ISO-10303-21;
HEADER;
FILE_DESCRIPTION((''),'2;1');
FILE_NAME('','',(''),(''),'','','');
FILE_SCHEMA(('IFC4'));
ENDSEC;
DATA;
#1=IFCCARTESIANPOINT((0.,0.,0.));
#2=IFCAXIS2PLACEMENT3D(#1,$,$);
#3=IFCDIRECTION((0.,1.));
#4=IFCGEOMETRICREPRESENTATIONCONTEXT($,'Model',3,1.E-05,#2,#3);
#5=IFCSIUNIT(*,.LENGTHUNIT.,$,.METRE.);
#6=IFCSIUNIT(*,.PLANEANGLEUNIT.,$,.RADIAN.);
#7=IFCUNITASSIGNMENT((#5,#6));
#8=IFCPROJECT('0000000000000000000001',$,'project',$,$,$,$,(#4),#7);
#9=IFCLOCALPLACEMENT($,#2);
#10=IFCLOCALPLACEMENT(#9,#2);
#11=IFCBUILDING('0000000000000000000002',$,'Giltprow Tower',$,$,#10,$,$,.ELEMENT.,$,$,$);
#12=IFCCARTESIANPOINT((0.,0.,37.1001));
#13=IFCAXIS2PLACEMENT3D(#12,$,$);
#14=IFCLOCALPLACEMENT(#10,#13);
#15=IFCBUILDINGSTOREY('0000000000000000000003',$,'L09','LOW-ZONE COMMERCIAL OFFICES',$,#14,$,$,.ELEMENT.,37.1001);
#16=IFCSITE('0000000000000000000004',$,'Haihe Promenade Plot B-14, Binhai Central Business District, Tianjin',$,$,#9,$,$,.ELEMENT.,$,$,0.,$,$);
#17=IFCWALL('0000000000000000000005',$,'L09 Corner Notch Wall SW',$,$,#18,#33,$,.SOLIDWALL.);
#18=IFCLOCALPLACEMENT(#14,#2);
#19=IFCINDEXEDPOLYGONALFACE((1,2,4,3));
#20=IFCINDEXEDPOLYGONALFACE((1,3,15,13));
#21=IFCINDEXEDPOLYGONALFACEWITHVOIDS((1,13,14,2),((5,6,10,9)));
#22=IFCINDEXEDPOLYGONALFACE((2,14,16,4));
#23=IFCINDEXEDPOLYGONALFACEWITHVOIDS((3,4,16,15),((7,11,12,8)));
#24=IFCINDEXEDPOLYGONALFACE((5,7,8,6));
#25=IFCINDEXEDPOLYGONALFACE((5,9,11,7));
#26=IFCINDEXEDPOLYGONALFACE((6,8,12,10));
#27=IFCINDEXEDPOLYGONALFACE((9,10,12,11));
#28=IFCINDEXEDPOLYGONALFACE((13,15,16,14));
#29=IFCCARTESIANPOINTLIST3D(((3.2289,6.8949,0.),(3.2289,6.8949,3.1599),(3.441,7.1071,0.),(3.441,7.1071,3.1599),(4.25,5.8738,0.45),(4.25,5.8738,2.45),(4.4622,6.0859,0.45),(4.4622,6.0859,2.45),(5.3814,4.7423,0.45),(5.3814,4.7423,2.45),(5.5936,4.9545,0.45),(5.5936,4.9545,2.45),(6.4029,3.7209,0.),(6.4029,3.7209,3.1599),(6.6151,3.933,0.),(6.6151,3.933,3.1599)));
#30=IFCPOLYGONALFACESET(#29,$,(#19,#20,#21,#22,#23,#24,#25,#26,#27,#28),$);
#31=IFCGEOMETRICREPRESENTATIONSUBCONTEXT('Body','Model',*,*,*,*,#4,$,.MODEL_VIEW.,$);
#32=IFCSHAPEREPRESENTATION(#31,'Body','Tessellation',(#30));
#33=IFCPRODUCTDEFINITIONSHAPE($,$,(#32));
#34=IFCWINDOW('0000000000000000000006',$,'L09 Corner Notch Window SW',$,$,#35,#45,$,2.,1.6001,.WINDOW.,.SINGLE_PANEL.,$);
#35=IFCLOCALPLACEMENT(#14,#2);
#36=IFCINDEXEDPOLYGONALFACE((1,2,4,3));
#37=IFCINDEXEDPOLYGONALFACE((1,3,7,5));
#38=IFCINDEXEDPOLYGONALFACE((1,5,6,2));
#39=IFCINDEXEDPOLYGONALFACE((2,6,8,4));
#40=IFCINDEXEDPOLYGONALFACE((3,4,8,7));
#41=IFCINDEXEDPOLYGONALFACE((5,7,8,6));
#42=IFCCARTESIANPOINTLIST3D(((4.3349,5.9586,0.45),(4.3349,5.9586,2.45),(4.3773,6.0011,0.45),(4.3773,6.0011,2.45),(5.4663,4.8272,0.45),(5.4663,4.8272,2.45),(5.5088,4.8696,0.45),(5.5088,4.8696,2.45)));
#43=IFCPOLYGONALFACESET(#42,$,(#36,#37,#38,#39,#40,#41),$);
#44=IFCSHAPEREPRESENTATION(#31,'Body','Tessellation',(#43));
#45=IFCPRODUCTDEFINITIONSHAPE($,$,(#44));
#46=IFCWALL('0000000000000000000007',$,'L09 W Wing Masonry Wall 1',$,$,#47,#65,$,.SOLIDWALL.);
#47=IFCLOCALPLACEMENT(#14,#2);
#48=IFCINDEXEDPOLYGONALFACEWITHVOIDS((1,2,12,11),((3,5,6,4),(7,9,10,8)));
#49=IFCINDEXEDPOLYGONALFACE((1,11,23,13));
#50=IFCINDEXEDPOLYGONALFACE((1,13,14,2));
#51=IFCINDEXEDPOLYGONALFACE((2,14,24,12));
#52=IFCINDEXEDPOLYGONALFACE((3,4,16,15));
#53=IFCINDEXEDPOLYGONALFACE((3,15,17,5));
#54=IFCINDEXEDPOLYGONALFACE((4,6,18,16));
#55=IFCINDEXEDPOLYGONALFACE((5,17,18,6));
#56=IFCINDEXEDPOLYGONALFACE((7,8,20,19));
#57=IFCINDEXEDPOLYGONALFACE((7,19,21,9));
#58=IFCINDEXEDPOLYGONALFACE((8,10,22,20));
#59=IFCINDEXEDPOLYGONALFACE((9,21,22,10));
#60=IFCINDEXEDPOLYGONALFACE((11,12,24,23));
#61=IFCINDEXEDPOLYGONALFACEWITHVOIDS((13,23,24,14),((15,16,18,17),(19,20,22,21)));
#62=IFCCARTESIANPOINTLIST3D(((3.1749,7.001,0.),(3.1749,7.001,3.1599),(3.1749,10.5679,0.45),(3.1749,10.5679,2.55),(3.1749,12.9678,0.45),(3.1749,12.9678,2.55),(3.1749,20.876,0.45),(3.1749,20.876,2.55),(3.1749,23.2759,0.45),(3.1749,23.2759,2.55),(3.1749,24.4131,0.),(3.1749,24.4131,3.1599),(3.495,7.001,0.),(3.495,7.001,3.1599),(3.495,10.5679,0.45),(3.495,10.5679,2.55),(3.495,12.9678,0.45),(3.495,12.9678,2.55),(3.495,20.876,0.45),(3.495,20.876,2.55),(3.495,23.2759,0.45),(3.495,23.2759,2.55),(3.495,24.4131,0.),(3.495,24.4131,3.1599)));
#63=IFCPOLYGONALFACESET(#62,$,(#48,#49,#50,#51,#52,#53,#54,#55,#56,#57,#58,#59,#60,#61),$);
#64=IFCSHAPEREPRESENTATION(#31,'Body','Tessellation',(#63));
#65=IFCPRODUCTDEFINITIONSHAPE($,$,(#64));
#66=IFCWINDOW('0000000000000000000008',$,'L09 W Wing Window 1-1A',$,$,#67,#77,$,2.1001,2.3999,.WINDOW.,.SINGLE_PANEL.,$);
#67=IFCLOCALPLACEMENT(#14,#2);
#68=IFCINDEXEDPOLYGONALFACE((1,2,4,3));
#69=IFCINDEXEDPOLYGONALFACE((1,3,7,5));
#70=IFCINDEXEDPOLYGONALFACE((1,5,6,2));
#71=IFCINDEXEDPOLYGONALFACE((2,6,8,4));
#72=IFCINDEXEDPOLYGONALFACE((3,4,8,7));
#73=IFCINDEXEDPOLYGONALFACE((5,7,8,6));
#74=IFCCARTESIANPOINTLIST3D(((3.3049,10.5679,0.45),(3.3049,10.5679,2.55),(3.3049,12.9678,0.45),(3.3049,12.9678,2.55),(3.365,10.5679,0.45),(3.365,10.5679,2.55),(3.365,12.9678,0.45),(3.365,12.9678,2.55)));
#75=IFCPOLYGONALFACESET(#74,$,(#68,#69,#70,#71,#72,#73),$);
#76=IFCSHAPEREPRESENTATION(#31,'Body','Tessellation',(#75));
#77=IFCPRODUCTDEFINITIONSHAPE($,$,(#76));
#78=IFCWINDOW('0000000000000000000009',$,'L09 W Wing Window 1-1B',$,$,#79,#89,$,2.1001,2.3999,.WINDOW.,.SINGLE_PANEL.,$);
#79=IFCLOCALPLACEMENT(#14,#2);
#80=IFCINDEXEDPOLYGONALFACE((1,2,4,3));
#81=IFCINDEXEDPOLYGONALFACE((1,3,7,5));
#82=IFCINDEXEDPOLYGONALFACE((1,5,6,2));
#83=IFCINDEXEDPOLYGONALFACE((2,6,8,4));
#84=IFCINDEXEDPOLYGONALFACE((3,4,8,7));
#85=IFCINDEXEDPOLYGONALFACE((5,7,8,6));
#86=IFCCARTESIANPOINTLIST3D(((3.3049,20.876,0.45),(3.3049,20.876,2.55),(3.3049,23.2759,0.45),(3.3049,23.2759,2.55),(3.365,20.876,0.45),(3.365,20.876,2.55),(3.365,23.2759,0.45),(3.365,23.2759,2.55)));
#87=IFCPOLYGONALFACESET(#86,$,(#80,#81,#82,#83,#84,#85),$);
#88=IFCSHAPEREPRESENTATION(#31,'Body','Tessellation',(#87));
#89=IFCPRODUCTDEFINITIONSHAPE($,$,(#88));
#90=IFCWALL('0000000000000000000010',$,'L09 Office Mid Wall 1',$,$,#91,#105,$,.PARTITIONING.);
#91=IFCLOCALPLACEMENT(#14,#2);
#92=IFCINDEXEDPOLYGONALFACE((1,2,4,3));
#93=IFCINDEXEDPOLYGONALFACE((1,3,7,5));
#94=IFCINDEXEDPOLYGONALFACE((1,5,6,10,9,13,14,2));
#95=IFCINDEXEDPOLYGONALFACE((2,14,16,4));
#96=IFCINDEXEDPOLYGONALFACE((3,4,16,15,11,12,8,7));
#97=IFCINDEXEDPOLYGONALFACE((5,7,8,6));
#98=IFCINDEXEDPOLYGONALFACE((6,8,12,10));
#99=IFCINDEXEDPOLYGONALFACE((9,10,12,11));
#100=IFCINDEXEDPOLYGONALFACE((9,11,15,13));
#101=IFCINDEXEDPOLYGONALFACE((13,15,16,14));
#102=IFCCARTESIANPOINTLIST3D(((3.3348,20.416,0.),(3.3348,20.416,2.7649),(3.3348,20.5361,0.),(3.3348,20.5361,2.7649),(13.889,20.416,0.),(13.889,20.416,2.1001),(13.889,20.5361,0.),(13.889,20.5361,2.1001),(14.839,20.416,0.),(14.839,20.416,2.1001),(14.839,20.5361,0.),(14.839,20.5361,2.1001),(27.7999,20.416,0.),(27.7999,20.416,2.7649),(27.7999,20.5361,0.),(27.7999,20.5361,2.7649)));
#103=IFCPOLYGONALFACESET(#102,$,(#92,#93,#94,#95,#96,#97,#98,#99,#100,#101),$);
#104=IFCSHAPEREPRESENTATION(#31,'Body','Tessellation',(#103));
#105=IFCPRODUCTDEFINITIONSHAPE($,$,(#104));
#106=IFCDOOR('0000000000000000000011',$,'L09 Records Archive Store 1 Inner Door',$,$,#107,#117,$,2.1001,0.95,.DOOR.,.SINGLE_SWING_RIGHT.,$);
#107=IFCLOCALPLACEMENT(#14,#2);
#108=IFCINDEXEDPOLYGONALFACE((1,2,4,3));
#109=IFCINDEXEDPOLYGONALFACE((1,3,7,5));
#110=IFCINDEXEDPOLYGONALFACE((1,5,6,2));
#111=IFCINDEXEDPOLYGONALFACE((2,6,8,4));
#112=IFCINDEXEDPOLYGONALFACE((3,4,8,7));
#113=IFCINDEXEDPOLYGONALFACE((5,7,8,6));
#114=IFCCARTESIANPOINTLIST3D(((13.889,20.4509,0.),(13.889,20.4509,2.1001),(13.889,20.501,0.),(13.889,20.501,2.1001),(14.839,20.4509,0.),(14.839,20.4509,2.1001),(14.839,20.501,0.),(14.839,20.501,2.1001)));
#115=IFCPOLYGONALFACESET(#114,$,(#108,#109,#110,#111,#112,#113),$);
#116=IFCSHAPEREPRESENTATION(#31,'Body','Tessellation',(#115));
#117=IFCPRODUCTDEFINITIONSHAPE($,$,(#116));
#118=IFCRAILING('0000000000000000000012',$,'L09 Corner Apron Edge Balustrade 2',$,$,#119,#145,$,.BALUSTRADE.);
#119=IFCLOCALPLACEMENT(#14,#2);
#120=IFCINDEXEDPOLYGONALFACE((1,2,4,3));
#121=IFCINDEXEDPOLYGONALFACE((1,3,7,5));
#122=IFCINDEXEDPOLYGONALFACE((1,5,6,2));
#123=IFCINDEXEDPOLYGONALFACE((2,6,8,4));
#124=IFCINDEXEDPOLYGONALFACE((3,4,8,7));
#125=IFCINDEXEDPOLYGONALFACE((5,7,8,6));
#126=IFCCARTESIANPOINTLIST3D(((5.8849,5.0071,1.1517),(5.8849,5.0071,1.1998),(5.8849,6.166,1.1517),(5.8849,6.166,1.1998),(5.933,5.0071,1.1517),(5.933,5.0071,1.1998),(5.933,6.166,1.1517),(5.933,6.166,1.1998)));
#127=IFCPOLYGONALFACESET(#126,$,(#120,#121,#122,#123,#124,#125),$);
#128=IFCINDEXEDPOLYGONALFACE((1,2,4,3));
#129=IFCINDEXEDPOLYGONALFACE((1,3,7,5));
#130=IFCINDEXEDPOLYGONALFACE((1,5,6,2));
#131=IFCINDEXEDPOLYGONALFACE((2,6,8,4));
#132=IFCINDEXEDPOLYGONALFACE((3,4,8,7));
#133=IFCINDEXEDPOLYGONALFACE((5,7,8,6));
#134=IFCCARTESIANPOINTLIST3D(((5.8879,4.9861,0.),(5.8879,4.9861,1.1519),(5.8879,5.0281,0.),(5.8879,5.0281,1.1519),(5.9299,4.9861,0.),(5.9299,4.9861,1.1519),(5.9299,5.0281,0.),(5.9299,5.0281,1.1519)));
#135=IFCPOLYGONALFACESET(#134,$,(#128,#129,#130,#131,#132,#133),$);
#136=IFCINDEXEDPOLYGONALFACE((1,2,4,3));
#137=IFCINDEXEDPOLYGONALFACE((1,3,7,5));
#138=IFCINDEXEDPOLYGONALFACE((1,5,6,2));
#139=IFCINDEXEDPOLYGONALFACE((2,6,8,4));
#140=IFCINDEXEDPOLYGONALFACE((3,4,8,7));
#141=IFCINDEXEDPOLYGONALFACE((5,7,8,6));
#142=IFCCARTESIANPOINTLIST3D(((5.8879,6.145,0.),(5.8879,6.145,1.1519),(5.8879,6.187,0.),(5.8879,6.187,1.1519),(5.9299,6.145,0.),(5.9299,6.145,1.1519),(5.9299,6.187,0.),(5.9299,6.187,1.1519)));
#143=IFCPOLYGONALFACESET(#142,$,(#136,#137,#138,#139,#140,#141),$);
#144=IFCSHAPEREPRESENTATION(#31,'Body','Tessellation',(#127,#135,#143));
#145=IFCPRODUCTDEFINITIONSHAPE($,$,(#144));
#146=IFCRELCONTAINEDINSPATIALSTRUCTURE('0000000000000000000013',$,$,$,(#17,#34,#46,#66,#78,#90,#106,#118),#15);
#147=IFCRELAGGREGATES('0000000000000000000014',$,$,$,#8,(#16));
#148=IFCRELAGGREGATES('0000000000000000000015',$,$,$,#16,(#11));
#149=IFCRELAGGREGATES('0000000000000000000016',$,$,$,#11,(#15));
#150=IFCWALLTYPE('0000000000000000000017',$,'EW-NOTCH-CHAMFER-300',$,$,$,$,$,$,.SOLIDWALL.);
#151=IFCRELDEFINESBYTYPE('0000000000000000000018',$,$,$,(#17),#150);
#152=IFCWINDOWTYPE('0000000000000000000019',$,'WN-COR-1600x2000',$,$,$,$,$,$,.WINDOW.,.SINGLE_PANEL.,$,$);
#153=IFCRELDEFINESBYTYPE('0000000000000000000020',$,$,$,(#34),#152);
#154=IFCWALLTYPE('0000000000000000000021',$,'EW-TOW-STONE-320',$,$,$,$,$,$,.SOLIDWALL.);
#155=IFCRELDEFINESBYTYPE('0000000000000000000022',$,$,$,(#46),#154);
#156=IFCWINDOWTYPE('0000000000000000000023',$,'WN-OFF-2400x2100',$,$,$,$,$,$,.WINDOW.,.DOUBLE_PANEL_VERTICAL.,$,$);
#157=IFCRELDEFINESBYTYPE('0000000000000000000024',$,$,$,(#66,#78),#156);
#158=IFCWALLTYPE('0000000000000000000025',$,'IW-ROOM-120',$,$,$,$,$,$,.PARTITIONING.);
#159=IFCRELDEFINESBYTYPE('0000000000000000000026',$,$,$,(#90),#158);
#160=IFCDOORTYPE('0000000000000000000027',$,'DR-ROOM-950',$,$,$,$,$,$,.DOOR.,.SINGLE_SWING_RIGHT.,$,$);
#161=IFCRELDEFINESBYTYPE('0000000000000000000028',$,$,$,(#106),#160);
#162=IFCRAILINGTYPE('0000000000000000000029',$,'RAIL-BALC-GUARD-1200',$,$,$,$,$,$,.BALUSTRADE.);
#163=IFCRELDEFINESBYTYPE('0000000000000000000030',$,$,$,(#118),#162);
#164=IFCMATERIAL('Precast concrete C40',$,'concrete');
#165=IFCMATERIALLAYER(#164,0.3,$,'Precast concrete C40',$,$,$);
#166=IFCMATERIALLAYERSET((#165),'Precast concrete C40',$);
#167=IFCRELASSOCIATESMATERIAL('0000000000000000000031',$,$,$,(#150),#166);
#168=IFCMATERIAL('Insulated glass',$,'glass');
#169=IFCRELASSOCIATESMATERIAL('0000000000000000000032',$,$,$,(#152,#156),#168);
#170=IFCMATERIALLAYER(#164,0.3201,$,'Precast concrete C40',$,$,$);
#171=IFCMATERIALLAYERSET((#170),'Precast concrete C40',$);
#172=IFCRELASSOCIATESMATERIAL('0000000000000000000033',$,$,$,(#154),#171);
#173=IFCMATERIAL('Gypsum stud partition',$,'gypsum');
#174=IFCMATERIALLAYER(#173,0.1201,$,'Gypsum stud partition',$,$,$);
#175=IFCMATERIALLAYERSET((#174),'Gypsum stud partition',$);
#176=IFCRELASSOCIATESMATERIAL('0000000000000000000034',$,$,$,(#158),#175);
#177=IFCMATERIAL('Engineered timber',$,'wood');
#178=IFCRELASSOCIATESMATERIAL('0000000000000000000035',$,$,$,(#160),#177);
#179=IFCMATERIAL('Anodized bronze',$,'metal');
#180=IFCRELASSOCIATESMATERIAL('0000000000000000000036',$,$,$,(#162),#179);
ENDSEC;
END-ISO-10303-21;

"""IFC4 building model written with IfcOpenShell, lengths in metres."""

from ifc_helpers import new_model, si_unit, direction, frame, frame_2d, origin, origin_2d, place, context, subcontext, project, spatial, rectangle, extrude, source, transform, mapped, material, layer, layer_set, type_object, element, fill, save


model = new_model("IFC4")

# Units and contexts
model_context = context("Model", 3, precision=1e-05, world=origin(), true_north=direction((0.0, 1.0)))
body_context = subcontext(model_context, "Body", "Model", "MODEL_VIEW")
ifc_project = project(units=[si_unit("LENGTHUNIT", "METRE"), si_unit("PLANEANGLEUNIT", "RADIAN")], contexts=[model_context])

# Site, building, storey
site_placement = place(None, origin())
site = spatial("IfcSite", under=ifc_project, at=site_placement, Name="Haihe Promenade Plot B-14, Binhai Central Business District, Tianjin", CompositionType="ELEMENT", RefElevation=0.0)
building_placement = place(site_placement, origin())
building = spatial("IfcBuilding", under=site, at=building_placement, Name="Giltprow Tower", CompositionType="ELEMENT")
storey_placement = place(building_placement, frame((0.0, 0.0, 37.1001)))
storey = spatial("IfcBuildingStorey", under=building, at=storey_placement, Name="L09", Description="LOW-ZONE COMMERCIAL OFFICES", CompositionType="ELEMENT", Elevation=37.1001)

# Shared definitions
ifc_material_1 = material(Name="Anodized bronze", Category="metal")
ifc_material_2 = material(Name="Insulated glass", Category="glass")

# Wall, opening, window
ifc_material_3 = material(Name="Precast concrete C40", Category="concrete")
ifc_layer_1 = layer(ifc_material_3, 0.3, Name="Precast concrete C40")
ifc_layer_set_1 = layer_set([ifc_layer_1], Name="Precast concrete C40")
wall_type_1 = type_object("IfcWallType", Name="EW-NOTCH-CHAMFER-300", PredefinedType="SOLIDWALL", material=ifc_layer_set_1)
wall_1_placement = place(storey_placement, frame((3.335, 7.001, 0.0), z_axis=(0.0, 0.0, 1.0), x_axis=(0.707107, -0.707107, 0.0)))
wall_1 = element("IfcWall", 1, at=wall_1_placement, inside=storey, type_object=wall_type_1, Name="L09 Corner Notch Wall SW", PredefinedType="SOLIDWALL", context=body_context, shape_type="SweptSolid", body=[
    extrude(rectangle(XDim=4.4888, YDim=0.3, at=frame_2d((2.2444, 0.0))), origin(), (0.0, 0.0, 1.0), 3.1599),
])
opening_1_placement = place(wall_1_placement, frame((1.4441, 0.0, 0.45)))
opening_1 = element("IfcOpeningElement", 2, at=opening_1_placement, cuts=wall_1, PredefinedType="OPENING", context=body_context, shape_type="SweptSolid", body=[
    extrude(rectangle(XDim=1.6001, YDim=2.0, at=frame_2d((0.8, 1.0))), frame((0.0, 0.1599, 0.0), z_axis=(0.0, -1.0, 0.0), x_axis=(1.0, 0.0, 0.0)), (0.0, 0.0, 1.0), 0.3201),
])
window_type_1 = type_object("IfcWindowType", Name="WN-COR-1600x2000", PartitioningType="SINGLE_PANEL", PredefinedType="WINDOW", material=ifc_material_2)
shared_shape_1 = source(origin(), body_context, "Body", "SweptSolid", [
    extrude(rectangle(XDim=1.6001, YDim=2.0, at=frame_2d((0.8, 1.0))), frame((0.0, 0.03, 0.0), z_axis=(0.0, -1.0, 0.0), x_axis=(1.0, 0.0, 0.0)), (0.0, 0.0, 1.0), 0.0601),
])
window_1_placement = place(opening_1_placement, origin())
window_1 = element("IfcWindow", 3, at=window_1_placement, inside=storey, type_object=window_type_1, Name="L09 Corner Notch Window SW", OverallHeight=2.0, OverallWidth=1.6001, PartitioningType="SINGLE_PANEL", PredefinedType="WINDOW", context=body_context, shape_type="MappedRepresentation", body=[
    mapped(shared_shape_1, transform((0.0, 0.0, 0.0), x_axis=(1.0, 0.0, 0.0), y_axis=(0.0, 1.0, 0.0), z_axis=(0.0, 0.0, 1.0), scale=1.0)),
])
fill(opening_1, window_1)

# Wall, openings, windows
ifc_layer_2 = layer(ifc_material_3, 0.3201, Name="Precast concrete C40")
ifc_layer_set_2 = layer_set([ifc_layer_2], Name="Precast concrete C40")
wall_type_2 = type_object("IfcWallType", Name="EW-TOW-STONE-320", PredefinedType="SOLIDWALL", material=ifc_layer_set_2)
wall_2_placement = place(storey_placement, frame((3.335, 7.001, 0.0), z_axis=(0.0, 0.0, 1.0), x_axis=(0.0, 1.0, 0.0)))
wall_2 = element("IfcWall", 4, at=wall_2_placement, inside=storey, type_object=wall_type_2, Name="L09 W Wing Masonry Wall 1", PredefinedType="SOLIDWALL", context=body_context, shape_type="SweptSolid", body=[
    extrude(rectangle(XDim=17.4121, YDim=0.3201, at=frame_2d((8.7061, 0.0))), origin(), (0.0, 0.0, 1.0), 3.1599),
])
opening_2_placement = place(wall_2_placement, frame((3.5669, 0.0, 0.45)))
opening_2 = element("IfcOpeningElement", 5, at=opening_2_placement, cuts=wall_2, PredefinedType="OPENING", context=body_context, shape_type="SweptSolid", body=[
    extrude(rectangle(XDim=2.3999, YDim=2.1001, at=frame_2d((1.2, 1.05))), frame((0.0, 0.1699, 0.0), z_axis=(0.0, -1.0, 0.0), x_axis=(1.0, 0.0, 0.0)), (0.0, 0.0, 1.0), 0.3401),
])
opening_3_placement = place(wall_2_placement, frame((13.875, 0.0, 0.45)))
opening_3 = element("IfcOpeningElement", 6, at=opening_3_placement, cuts=wall_2, PredefinedType="OPENING", context=body_context, shape_type="SweptSolid", body=[
    extrude(rectangle(XDim=2.3999, YDim=2.1001, at=frame_2d((1.2, 1.05))), frame((0.0, 0.1699, 0.0), z_axis=(0.0, -1.0, 0.0), x_axis=(1.0, 0.0, 0.0)), (0.0, 0.0, 1.0), 0.3401),
])
window_type_2 = type_object("IfcWindowType", Name="WN-OFF-2400x2100", PartitioningType="DOUBLE_PANEL_VERTICAL", PredefinedType="WINDOW", material=ifc_material_2)
shared_shape_2 = source(origin(), body_context, "Body", "SweptSolid", [
    extrude(rectangle(XDim=2.3999, YDim=2.1001, at=frame_2d((1.2, 1.05))), frame((0.0, 0.03, 0.0), z_axis=(0.0, -1.0, 0.0), x_axis=(1.0, 0.0, 0.0)), (0.0, 0.0, 1.0), 0.0601),
])
window_2_placement = place(opening_2_placement, origin())
window_2 = element("IfcWindow", 7, at=window_2_placement, inside=storey, type_object=window_type_2, Name="L09 W Wing Window 1-1A", OverallHeight=2.1001, OverallWidth=2.3999, PartitioningType="SINGLE_PANEL", PredefinedType="WINDOW", context=body_context, shape_type="MappedRepresentation", body=[
    mapped(shared_shape_2, transform((0.0, 0.0, 0.0), x_axis=(1.0, 0.0, 0.0), y_axis=(0.0, 1.0, 0.0), z_axis=(0.0, 0.0, 1.0), scale=1.0)),
])
fill(opening_2, window_2)
window_3_placement = place(opening_3_placement, origin())
window_3 = element("IfcWindow", 8, at=window_3_placement, inside=storey, type_object=window_type_2, Name="L09 W Wing Window 1-1B", OverallHeight=2.1001, OverallWidth=2.3999, PartitioningType="SINGLE_PANEL", PredefinedType="WINDOW", context=body_context, shape_type="MappedRepresentation", body=[
    mapped(shared_shape_2, transform((0.0, 0.0, 0.0), x_axis=(1.0, 0.0, 0.0), y_axis=(0.0, 1.0, 0.0), z_axis=(0.0, 0.0, 1.0), scale=1.0)),
])
fill(opening_3, window_3)

# Wall, opening, door
ifc_material_4 = material(Name="Gypsum stud partition", Category="gypsum")
ifc_layer_3 = layer(ifc_material_4, 0.1201, Name="Gypsum stud partition")
ifc_layer_set_3 = layer_set([ifc_layer_3], Name="Gypsum stud partition")
wall_type_3 = type_object("IfcWallType", Name="IW-ROOM-120", PredefinedType="PARTITIONING", material=ifc_layer_set_3)
wall_3_placement = place(storey_placement, frame((3.335, 20.4761, 0.0), z_axis=(0.0, 0.0, 1.0), x_axis=(1.0, 0.0, 0.0)))
wall_3 = element("IfcWall", 9, at=wall_3_placement, inside=storey, type_object=wall_type_3, Name="L09 Office Mid Wall 1", PredefinedType="PARTITIONING", context=body_context, shape_type="SweptSolid", body=[
    extrude(rectangle(XDim=24.4651, YDim=0.1201, at=frame_2d((12.2324, 0.0))), origin(), (0.0, 0.0, 1.0), 2.7649),
])
opening_4_placement = place(wall_3_placement, frame((10.554, 0.0, 0.0)))
opening_4 = element("IfcOpeningElement", 10, at=opening_4_placement, cuts=wall_3, PredefinedType="OPENING", context=body_context, shape_type="SweptSolid", body=[
    extrude(rectangle(XDim=0.95, YDim=2.1001, at=frame_2d((0.4751, 1.05))), frame((0.0, 0.0701, 0.0), z_axis=(0.0, -1.0, 0.0), x_axis=(1.0, 0.0, 0.0)), (0.0, 0.0, 1.0), 0.1401),
])
ifc_material_5 = material(Name="Engineered timber", Category="wood")
door_type = type_object("IfcDoorType", Name="DR-ROOM-950", OperationType="SINGLE_SWING_RIGHT", PredefinedType="DOOR", material=ifc_material_5)
shared_shape_3 = source(origin(), body_context, "Body", "SweptSolid", [
    extrude(rectangle(XDim=0.95, YDim=2.1001, at=frame_2d((0.4751, 1.05))), frame((0.0, 0.0249, 0.0), z_axis=(0.0, -1.0, 0.0), x_axis=(1.0, 0.0, 0.0)), (0.0, 0.0, 1.0), 0.05),
])
door_placement = place(opening_4_placement, origin())
door = element("IfcDoor", 11, at=door_placement, inside=storey, type_object=door_type, Name="L09 Records Archive Store 1 Inner Door", OperationType="SINGLE_SWING_RIGHT", OverallHeight=2.1001, OverallWidth=0.95, PredefinedType="DOOR", context=body_context, shape_type="MappedRepresentation", body=[
    mapped(shared_shape_3, transform((0.0, 0.0, 0.0), x_axis=(1.0, 0.0, 0.0), y_axis=(0.0, 1.0, 0.0), z_axis=(0.0, 0.0, 1.0), scale=1.0)),
])
fill(opening_4, door)

# Railing
railing_type = type_object("IfcRailingType", Name="RAIL-BALC-GUARD-1200", PredefinedType="BALUSTRADE", material=ifc_material_1)
railing_1_placement = place(storey_placement, frame((5.9089, 5.0071, 0.0)))
element("IfcRailing", 12, at=railing_1_placement, inside=storey, type_object=railing_type, Name="L09 Corner Apron Edge Balustrade 2", PredefinedType="BALUSTRADE", context=body_context, shape_type="SweptSolid", body=[
    extrude(rectangle(XDim=0.0481, YDim=0.0481, at=origin_2d()), frame((0.0, 0.0, 1.1758), z_axis=(0.0, 1.0, 0.0), x_axis=(-1.0, 0.0, 0.0)), (0.0, 0.0, 1.0), 1.1589),
    extrude(rectangle(XDim=0.042, YDim=0.042, at=origin_2d()), origin(), (0.0, 0.0, 1.0), 1.1519),
    extrude(rectangle(XDim=0.042, YDim=0.042, at=origin_2d()), frame((0.0, 1.1589, 0.0)), (0.0, 0.0, 1.0), 1.1519),
])

save(model, "model.ifc")
